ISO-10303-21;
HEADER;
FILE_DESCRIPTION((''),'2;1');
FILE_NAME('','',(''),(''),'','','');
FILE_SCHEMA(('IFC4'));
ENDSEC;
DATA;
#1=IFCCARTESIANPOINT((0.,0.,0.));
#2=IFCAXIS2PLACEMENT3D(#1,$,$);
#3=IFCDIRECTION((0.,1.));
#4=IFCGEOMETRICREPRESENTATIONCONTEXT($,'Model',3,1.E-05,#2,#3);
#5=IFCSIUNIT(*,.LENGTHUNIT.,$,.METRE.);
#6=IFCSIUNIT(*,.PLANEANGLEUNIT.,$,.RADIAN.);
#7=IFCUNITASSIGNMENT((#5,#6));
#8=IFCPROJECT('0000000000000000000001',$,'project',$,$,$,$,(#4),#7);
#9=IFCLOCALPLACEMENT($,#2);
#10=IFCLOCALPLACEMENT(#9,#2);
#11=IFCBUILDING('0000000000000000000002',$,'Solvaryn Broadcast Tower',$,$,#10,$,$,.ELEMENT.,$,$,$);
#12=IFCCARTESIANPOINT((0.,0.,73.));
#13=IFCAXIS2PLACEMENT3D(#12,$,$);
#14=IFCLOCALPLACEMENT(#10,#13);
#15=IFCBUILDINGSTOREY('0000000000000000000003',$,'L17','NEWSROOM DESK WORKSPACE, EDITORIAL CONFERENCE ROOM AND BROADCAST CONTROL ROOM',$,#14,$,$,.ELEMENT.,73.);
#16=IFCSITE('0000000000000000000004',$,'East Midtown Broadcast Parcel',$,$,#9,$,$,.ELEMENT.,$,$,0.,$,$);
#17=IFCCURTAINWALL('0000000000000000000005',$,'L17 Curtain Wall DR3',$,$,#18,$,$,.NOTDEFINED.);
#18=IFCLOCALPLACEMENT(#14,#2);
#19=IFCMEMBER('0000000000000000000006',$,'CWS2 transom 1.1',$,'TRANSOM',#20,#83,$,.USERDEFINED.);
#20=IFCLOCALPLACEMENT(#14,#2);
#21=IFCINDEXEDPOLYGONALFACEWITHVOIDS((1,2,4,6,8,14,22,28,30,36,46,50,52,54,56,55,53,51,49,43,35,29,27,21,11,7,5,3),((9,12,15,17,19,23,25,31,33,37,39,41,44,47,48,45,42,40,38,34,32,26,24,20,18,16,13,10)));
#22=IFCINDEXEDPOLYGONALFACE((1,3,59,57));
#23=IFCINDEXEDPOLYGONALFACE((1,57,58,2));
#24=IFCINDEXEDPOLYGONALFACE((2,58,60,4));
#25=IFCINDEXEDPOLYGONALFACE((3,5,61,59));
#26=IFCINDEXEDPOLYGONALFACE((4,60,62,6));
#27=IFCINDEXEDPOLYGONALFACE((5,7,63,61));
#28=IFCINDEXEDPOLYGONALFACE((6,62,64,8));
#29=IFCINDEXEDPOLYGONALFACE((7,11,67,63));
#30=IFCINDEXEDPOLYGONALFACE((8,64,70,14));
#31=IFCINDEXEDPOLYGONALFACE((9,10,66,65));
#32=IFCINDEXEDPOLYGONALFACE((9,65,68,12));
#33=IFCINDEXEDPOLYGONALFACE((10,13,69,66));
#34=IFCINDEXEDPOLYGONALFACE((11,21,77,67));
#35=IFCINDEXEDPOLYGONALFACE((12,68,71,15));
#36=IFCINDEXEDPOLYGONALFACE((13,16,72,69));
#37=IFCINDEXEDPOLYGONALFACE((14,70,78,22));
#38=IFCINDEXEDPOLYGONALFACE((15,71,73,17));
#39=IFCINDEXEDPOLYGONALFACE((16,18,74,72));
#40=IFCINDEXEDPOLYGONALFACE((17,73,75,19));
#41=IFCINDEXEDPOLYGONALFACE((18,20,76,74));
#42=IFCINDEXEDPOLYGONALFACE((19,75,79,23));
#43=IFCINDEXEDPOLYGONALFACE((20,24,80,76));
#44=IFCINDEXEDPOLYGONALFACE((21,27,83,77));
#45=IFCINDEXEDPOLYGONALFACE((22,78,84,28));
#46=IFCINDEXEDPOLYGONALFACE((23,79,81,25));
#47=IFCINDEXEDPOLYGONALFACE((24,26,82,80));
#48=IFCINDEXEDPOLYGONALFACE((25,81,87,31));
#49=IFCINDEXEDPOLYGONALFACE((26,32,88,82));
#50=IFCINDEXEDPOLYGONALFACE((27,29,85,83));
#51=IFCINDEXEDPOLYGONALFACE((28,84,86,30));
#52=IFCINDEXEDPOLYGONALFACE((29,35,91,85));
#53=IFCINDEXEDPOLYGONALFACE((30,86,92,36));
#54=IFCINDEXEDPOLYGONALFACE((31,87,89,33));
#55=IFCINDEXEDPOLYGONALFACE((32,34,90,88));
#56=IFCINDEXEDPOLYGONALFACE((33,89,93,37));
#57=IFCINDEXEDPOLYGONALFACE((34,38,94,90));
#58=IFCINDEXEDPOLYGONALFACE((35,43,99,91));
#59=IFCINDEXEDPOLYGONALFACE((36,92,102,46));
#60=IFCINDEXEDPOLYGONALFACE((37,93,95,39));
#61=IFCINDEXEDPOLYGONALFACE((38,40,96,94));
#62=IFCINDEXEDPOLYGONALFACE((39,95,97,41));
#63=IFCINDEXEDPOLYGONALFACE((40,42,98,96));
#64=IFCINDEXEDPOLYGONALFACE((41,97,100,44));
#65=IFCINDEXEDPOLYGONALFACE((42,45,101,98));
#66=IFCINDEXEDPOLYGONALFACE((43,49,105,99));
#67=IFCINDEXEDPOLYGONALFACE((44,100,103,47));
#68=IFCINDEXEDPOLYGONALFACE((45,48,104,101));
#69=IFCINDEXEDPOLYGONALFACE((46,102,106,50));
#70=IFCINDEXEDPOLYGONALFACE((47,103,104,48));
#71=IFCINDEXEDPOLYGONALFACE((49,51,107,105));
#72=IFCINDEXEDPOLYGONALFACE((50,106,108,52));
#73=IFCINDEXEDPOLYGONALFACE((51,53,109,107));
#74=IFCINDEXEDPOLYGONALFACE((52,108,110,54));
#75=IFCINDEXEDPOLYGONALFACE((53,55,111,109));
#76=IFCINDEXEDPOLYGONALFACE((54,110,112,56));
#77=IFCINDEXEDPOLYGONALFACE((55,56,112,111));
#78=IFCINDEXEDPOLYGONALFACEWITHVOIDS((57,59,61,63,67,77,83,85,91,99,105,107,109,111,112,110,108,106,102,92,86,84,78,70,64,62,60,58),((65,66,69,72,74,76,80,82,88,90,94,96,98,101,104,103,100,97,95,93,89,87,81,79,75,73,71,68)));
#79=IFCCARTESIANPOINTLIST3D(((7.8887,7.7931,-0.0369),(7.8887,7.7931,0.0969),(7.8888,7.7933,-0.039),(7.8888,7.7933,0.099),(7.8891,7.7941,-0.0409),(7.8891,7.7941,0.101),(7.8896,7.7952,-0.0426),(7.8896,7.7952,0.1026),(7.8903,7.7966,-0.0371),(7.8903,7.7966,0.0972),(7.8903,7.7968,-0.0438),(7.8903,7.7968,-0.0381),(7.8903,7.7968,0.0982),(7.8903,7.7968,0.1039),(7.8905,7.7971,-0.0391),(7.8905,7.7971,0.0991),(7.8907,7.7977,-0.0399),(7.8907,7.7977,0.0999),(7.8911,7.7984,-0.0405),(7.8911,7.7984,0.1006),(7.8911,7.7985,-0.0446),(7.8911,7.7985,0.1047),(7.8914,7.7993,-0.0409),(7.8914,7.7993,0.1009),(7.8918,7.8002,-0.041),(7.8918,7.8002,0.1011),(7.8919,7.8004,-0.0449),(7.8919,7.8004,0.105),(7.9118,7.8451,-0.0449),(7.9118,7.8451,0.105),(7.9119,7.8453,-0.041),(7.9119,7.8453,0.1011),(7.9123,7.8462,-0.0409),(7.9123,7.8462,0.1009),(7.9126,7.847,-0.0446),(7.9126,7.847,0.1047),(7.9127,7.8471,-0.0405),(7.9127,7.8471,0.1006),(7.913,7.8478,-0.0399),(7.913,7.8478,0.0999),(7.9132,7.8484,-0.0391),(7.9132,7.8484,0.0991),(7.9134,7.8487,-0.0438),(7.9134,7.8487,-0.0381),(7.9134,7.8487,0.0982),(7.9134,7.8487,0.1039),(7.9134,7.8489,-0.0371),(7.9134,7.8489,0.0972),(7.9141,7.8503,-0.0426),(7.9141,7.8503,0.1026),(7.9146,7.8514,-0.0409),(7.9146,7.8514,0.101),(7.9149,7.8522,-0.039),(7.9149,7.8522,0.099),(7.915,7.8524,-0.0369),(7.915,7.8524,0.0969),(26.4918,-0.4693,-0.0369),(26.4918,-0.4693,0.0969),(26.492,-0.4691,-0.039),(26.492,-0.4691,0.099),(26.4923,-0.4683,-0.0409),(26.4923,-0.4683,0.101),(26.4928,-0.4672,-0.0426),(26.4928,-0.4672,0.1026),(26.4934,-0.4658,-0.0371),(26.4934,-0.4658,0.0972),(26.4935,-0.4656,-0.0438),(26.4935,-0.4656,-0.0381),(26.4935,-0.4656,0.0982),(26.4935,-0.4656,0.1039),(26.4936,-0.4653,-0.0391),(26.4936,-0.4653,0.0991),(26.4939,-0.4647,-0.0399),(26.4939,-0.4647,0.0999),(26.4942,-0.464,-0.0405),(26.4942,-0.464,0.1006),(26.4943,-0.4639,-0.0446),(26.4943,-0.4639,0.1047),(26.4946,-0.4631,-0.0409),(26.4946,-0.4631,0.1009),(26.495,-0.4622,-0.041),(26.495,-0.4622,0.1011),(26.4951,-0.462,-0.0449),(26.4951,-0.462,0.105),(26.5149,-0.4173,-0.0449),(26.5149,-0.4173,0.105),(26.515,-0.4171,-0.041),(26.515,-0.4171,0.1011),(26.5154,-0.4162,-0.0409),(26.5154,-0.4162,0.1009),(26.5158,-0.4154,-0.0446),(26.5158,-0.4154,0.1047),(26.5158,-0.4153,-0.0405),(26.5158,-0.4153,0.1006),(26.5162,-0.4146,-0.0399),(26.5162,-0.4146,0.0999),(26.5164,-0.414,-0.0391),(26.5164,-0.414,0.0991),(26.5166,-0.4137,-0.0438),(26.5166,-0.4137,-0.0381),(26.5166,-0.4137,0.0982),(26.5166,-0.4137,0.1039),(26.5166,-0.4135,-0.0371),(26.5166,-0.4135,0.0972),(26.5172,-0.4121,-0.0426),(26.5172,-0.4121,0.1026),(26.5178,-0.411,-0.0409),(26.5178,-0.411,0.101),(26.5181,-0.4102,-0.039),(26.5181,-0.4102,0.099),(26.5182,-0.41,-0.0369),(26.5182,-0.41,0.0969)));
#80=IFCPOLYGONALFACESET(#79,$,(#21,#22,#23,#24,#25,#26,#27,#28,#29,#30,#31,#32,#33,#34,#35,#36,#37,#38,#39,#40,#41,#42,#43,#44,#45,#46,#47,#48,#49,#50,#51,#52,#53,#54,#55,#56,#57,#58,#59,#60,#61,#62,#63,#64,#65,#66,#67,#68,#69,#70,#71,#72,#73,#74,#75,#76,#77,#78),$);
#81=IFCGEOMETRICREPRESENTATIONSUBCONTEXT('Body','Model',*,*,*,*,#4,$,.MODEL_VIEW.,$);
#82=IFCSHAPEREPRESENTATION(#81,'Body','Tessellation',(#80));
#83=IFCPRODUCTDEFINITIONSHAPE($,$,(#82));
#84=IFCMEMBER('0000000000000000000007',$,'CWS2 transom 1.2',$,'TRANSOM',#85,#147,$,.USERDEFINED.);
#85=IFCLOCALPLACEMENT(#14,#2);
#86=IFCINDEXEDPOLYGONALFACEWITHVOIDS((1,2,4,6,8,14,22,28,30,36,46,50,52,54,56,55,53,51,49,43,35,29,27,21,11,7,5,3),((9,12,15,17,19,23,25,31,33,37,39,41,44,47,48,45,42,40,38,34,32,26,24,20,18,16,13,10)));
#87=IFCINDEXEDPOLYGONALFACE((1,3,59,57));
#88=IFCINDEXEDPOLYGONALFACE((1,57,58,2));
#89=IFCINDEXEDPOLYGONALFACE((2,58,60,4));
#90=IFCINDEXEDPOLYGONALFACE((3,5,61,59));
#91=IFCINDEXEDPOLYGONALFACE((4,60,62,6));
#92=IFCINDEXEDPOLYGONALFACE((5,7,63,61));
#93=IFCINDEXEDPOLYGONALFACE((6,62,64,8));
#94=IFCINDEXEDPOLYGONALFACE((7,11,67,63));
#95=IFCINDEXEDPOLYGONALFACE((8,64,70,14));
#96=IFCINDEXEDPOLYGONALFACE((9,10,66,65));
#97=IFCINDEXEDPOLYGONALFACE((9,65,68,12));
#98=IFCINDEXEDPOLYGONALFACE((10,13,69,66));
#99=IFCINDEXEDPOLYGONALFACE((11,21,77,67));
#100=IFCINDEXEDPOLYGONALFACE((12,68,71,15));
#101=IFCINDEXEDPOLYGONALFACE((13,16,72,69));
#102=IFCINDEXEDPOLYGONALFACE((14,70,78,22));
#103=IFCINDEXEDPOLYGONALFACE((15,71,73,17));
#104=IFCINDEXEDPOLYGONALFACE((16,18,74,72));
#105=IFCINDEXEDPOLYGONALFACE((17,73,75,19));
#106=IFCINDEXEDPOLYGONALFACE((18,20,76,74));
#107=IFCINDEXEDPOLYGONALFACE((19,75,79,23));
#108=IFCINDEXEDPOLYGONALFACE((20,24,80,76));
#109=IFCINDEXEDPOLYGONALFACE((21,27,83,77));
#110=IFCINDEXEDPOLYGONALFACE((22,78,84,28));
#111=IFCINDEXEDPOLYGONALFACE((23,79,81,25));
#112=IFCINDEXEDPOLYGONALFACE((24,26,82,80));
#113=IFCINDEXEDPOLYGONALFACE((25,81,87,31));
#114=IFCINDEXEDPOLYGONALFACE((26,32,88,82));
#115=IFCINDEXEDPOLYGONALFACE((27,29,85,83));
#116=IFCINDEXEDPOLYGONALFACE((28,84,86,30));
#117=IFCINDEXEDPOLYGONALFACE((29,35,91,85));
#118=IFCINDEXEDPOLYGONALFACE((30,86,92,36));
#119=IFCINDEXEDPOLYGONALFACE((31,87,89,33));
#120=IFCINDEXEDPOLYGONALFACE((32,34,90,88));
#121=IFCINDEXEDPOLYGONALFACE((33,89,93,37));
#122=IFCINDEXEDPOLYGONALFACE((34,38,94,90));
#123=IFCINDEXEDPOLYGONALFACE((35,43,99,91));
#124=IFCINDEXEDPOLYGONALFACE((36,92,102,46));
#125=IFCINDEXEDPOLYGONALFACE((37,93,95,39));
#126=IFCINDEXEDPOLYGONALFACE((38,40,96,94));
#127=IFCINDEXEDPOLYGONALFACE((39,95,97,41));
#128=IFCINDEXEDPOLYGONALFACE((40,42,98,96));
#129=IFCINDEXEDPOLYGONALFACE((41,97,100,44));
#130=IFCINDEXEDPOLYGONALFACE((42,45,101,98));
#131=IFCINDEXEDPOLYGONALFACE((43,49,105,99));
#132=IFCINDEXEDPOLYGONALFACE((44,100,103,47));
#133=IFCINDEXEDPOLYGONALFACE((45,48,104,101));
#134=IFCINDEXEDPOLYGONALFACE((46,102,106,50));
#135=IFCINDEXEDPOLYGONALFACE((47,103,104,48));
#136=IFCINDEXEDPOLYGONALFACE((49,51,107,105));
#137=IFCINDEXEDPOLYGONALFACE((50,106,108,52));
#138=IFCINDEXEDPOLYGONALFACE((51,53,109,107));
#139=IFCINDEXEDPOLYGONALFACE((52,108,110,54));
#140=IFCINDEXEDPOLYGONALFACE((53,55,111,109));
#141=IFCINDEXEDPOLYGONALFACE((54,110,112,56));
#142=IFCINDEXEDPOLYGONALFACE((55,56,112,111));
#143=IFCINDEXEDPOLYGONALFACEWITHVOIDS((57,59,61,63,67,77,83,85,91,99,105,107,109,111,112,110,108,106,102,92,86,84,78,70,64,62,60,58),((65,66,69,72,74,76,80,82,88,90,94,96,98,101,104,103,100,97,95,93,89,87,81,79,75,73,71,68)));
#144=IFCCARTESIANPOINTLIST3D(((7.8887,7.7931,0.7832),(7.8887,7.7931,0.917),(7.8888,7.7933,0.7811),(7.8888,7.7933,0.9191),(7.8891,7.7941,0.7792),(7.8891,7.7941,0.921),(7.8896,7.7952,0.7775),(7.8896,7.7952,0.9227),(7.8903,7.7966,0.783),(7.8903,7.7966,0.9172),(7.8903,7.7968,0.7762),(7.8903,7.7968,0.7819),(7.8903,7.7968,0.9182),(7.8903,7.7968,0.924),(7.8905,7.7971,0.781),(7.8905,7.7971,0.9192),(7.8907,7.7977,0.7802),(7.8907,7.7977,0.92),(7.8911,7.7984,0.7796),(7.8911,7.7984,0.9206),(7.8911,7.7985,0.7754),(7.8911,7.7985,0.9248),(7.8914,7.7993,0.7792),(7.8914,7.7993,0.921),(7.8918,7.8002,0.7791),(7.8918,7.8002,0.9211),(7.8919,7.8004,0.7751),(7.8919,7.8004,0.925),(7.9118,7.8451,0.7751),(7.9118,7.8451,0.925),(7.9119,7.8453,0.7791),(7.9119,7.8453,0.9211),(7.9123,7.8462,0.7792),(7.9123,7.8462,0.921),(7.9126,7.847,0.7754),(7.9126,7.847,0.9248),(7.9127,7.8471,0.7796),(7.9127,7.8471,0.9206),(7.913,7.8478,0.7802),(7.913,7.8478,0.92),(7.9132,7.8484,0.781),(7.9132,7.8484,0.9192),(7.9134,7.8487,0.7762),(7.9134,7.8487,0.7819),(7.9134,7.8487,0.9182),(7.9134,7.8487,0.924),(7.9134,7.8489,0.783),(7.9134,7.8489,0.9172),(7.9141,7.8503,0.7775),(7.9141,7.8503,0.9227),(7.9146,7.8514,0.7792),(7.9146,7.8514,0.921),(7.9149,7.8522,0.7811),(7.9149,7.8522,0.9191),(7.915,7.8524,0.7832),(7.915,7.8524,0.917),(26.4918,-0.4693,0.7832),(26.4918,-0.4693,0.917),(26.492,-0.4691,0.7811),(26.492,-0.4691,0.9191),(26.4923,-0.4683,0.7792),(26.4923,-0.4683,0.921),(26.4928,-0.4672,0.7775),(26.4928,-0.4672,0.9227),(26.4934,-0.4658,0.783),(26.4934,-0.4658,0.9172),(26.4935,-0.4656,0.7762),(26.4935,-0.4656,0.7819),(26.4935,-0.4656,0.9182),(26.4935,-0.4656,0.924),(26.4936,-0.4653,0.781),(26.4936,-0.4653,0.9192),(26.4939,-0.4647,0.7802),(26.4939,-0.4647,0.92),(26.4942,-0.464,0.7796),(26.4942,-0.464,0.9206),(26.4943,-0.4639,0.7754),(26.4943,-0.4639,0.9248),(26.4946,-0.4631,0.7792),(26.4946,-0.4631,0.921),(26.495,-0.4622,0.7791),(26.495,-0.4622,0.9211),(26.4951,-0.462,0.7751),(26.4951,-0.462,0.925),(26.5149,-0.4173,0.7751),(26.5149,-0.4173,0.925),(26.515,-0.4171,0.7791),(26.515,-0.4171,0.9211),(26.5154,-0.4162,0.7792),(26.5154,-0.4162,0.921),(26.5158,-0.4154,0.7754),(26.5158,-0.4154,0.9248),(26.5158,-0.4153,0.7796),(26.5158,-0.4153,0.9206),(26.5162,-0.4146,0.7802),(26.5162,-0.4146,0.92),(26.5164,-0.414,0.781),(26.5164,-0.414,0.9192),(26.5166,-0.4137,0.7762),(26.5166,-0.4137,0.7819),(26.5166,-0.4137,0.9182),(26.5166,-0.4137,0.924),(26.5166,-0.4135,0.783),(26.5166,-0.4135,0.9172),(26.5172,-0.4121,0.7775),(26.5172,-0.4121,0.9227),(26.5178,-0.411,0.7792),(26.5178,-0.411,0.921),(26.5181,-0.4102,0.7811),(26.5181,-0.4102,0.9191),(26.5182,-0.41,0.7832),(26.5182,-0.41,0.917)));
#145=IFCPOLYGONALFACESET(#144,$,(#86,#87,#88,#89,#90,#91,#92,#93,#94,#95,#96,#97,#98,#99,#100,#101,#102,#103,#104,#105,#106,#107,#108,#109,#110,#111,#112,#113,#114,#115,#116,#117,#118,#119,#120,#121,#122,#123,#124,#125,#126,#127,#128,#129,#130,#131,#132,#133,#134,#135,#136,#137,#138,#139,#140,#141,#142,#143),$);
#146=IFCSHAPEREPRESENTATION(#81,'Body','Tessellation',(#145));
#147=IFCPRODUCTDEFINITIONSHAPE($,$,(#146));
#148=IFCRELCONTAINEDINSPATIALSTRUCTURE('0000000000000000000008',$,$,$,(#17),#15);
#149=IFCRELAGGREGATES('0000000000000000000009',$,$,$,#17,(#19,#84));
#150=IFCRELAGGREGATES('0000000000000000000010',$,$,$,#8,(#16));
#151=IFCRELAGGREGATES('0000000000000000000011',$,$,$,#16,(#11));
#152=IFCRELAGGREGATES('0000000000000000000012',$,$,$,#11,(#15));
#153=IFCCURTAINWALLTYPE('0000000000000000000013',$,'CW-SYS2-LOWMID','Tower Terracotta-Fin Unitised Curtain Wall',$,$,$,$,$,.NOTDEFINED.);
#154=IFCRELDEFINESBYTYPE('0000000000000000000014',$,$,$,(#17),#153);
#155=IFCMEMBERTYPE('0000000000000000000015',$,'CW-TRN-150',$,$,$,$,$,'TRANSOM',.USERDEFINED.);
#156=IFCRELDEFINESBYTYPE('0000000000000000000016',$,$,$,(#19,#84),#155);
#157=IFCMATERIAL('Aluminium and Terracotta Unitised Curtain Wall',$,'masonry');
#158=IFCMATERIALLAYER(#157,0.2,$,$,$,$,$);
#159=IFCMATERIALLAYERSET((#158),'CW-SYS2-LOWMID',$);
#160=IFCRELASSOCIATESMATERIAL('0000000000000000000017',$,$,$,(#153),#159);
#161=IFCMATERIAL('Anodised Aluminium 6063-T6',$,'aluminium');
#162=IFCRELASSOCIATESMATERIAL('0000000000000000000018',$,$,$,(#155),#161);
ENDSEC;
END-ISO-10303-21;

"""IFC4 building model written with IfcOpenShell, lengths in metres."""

from ifc_helpers import new_model, si_unit, direction, frame, origin, origin_2d, place, context, subcontext, project, spatial, hollow_rectangle, extrude, material, layer, layer_set, material_profile, profile_set, type_object, element, aggregate, save


model = new_model("IFC4")

# Units and contexts
model_context = context("Model", 3, precision=1e-05, world=origin(), true_north=direction((0.0, 1.0)))
body_context = subcontext(model_context, "Body", "Model", "MODEL_VIEW")
ifc_project = project(units=[si_unit("LENGTHUNIT", "METRE"), si_unit("PLANEANGLEUNIT", "RADIAN")], contexts=[model_context])

# Site, building, storey
site_placement = place(None, origin())
site = spatial("IfcSite", under=ifc_project, at=site_placement, Name="East Midtown Broadcast Parcel", CompositionType="ELEMENT", RefElevation=0.0)
building_placement = place(site_placement, origin())
building = spatial("IfcBuilding", under=site, at=building_placement, Name="Solvaryn Broadcast Tower", CompositionType="ELEMENT")
storey_placement = place(building_placement, frame((0.0, 0.0, 73.0)))
storey = spatial("IfcBuildingStorey", under=building, at=storey_placement, Name="L17", Description="NEWSROOM DESK WORKSPACE, EDITORIAL CONFERENCE ROOM AND BROADCAST CONTROL ROOM", CompositionType="ELEMENT", Elevation=73.0)

# Shared definitions
ifc_material_1 = material(Name="Aluminium and Terracotta Unitised Curtain Wall", Category="masonry")
ifc_layer_1 = layer(ifc_material_1, 0.2)
ifc_layer_set_1 = layer_set([ifc_layer_1], Name="CW-SYS2-LOWMID")
curtain_wall_type = type_object("IfcCurtainWallType", Name="CW-SYS2-LOWMID", Description="Tower Terracotta-Fin Unitised Curtain Wall", PredefinedType="NOTDEFINED", material=ifc_layer_set_1)

# Curtain wall, members
curtain_wall_1_placement = place(storey_placement, origin())
curtain_wall_1 = element("IfcCurtainWall", 1, at=curtain_wall_1_placement, inside=storey, type_object=curtain_wall_type, Name="L17 Curtain Wall DR3", PredefinedType="NOTDEFINED")
ifc_material_2 = material(Name="Anodised Aluminium 6063-T6", Category="aluminium")
ifc_material_profile_1 = material_profile(ifc_material_2, hollow_rectangle(XDim=0.0649, YDim=0.1499, WallThickness=0.0039, InnerFilletRadius=0.0039, OuterFilletRadius=0.0081, at=origin_2d()))
ifc_profile_set_1 = profile_set([ifc_material_profile_1], Name="Anodised Aluminium 6063-T6")
member_type_1 = type_object("IfcMemberType", Name="CW-TRN-150", ElementType="TRANSOM", PredefinedType="USERDEFINED", material=ifc_profile_set_1)
member_1_placement = place(storey_placement, frame((7.9019, 7.8228, 0.03), z_axis=(0.913915, -0.405906, 0.0), x_axis=(0.405906, 0.913915, 0.0)))
member_1 = element("IfcMember", 2, at=member_1_placement, type_object=member_type_1, Name="CWS2 transom 1.1", ObjectType="TRANSOM", PredefinedType="USERDEFINED", context=body_context, shape_type="SweptSolid", body=[
    extrude(hollow_rectangle(XDim=0.0649, YDim=0.1499, WallThickness=0.0039, InnerFilletRadius=0.0039, OuterFilletRadius=0.0081, at=origin_2d()), origin(), (0.0, 0.0, 1.0), 20.3555),
])
member_2_placement = place(storey_placement, frame((7.9019, 7.8228, 0.8501), z_axis=(0.913915, -0.405906, 0.0), x_axis=(0.405906, 0.913915, 0.0)))
member_2 = element("IfcMember", 3, at=member_2_placement, type_object=member_type_1, Name="CWS2 transom 1.2", ObjectType="TRANSOM", PredefinedType="USERDEFINED", context=body_context, shape_type="SweptSolid", body=[
    extrude(hollow_rectangle(XDim=0.0649, YDim=0.1499, WallThickness=0.0039, InnerFilletRadius=0.0039, OuterFilletRadius=0.0081, at=origin_2d()), origin(), (0.0, 0.0, 1.0), 20.3555),
])

aggregate(curtain_wall_1, [member_1, member_2])

save(model, "model.ifc")
